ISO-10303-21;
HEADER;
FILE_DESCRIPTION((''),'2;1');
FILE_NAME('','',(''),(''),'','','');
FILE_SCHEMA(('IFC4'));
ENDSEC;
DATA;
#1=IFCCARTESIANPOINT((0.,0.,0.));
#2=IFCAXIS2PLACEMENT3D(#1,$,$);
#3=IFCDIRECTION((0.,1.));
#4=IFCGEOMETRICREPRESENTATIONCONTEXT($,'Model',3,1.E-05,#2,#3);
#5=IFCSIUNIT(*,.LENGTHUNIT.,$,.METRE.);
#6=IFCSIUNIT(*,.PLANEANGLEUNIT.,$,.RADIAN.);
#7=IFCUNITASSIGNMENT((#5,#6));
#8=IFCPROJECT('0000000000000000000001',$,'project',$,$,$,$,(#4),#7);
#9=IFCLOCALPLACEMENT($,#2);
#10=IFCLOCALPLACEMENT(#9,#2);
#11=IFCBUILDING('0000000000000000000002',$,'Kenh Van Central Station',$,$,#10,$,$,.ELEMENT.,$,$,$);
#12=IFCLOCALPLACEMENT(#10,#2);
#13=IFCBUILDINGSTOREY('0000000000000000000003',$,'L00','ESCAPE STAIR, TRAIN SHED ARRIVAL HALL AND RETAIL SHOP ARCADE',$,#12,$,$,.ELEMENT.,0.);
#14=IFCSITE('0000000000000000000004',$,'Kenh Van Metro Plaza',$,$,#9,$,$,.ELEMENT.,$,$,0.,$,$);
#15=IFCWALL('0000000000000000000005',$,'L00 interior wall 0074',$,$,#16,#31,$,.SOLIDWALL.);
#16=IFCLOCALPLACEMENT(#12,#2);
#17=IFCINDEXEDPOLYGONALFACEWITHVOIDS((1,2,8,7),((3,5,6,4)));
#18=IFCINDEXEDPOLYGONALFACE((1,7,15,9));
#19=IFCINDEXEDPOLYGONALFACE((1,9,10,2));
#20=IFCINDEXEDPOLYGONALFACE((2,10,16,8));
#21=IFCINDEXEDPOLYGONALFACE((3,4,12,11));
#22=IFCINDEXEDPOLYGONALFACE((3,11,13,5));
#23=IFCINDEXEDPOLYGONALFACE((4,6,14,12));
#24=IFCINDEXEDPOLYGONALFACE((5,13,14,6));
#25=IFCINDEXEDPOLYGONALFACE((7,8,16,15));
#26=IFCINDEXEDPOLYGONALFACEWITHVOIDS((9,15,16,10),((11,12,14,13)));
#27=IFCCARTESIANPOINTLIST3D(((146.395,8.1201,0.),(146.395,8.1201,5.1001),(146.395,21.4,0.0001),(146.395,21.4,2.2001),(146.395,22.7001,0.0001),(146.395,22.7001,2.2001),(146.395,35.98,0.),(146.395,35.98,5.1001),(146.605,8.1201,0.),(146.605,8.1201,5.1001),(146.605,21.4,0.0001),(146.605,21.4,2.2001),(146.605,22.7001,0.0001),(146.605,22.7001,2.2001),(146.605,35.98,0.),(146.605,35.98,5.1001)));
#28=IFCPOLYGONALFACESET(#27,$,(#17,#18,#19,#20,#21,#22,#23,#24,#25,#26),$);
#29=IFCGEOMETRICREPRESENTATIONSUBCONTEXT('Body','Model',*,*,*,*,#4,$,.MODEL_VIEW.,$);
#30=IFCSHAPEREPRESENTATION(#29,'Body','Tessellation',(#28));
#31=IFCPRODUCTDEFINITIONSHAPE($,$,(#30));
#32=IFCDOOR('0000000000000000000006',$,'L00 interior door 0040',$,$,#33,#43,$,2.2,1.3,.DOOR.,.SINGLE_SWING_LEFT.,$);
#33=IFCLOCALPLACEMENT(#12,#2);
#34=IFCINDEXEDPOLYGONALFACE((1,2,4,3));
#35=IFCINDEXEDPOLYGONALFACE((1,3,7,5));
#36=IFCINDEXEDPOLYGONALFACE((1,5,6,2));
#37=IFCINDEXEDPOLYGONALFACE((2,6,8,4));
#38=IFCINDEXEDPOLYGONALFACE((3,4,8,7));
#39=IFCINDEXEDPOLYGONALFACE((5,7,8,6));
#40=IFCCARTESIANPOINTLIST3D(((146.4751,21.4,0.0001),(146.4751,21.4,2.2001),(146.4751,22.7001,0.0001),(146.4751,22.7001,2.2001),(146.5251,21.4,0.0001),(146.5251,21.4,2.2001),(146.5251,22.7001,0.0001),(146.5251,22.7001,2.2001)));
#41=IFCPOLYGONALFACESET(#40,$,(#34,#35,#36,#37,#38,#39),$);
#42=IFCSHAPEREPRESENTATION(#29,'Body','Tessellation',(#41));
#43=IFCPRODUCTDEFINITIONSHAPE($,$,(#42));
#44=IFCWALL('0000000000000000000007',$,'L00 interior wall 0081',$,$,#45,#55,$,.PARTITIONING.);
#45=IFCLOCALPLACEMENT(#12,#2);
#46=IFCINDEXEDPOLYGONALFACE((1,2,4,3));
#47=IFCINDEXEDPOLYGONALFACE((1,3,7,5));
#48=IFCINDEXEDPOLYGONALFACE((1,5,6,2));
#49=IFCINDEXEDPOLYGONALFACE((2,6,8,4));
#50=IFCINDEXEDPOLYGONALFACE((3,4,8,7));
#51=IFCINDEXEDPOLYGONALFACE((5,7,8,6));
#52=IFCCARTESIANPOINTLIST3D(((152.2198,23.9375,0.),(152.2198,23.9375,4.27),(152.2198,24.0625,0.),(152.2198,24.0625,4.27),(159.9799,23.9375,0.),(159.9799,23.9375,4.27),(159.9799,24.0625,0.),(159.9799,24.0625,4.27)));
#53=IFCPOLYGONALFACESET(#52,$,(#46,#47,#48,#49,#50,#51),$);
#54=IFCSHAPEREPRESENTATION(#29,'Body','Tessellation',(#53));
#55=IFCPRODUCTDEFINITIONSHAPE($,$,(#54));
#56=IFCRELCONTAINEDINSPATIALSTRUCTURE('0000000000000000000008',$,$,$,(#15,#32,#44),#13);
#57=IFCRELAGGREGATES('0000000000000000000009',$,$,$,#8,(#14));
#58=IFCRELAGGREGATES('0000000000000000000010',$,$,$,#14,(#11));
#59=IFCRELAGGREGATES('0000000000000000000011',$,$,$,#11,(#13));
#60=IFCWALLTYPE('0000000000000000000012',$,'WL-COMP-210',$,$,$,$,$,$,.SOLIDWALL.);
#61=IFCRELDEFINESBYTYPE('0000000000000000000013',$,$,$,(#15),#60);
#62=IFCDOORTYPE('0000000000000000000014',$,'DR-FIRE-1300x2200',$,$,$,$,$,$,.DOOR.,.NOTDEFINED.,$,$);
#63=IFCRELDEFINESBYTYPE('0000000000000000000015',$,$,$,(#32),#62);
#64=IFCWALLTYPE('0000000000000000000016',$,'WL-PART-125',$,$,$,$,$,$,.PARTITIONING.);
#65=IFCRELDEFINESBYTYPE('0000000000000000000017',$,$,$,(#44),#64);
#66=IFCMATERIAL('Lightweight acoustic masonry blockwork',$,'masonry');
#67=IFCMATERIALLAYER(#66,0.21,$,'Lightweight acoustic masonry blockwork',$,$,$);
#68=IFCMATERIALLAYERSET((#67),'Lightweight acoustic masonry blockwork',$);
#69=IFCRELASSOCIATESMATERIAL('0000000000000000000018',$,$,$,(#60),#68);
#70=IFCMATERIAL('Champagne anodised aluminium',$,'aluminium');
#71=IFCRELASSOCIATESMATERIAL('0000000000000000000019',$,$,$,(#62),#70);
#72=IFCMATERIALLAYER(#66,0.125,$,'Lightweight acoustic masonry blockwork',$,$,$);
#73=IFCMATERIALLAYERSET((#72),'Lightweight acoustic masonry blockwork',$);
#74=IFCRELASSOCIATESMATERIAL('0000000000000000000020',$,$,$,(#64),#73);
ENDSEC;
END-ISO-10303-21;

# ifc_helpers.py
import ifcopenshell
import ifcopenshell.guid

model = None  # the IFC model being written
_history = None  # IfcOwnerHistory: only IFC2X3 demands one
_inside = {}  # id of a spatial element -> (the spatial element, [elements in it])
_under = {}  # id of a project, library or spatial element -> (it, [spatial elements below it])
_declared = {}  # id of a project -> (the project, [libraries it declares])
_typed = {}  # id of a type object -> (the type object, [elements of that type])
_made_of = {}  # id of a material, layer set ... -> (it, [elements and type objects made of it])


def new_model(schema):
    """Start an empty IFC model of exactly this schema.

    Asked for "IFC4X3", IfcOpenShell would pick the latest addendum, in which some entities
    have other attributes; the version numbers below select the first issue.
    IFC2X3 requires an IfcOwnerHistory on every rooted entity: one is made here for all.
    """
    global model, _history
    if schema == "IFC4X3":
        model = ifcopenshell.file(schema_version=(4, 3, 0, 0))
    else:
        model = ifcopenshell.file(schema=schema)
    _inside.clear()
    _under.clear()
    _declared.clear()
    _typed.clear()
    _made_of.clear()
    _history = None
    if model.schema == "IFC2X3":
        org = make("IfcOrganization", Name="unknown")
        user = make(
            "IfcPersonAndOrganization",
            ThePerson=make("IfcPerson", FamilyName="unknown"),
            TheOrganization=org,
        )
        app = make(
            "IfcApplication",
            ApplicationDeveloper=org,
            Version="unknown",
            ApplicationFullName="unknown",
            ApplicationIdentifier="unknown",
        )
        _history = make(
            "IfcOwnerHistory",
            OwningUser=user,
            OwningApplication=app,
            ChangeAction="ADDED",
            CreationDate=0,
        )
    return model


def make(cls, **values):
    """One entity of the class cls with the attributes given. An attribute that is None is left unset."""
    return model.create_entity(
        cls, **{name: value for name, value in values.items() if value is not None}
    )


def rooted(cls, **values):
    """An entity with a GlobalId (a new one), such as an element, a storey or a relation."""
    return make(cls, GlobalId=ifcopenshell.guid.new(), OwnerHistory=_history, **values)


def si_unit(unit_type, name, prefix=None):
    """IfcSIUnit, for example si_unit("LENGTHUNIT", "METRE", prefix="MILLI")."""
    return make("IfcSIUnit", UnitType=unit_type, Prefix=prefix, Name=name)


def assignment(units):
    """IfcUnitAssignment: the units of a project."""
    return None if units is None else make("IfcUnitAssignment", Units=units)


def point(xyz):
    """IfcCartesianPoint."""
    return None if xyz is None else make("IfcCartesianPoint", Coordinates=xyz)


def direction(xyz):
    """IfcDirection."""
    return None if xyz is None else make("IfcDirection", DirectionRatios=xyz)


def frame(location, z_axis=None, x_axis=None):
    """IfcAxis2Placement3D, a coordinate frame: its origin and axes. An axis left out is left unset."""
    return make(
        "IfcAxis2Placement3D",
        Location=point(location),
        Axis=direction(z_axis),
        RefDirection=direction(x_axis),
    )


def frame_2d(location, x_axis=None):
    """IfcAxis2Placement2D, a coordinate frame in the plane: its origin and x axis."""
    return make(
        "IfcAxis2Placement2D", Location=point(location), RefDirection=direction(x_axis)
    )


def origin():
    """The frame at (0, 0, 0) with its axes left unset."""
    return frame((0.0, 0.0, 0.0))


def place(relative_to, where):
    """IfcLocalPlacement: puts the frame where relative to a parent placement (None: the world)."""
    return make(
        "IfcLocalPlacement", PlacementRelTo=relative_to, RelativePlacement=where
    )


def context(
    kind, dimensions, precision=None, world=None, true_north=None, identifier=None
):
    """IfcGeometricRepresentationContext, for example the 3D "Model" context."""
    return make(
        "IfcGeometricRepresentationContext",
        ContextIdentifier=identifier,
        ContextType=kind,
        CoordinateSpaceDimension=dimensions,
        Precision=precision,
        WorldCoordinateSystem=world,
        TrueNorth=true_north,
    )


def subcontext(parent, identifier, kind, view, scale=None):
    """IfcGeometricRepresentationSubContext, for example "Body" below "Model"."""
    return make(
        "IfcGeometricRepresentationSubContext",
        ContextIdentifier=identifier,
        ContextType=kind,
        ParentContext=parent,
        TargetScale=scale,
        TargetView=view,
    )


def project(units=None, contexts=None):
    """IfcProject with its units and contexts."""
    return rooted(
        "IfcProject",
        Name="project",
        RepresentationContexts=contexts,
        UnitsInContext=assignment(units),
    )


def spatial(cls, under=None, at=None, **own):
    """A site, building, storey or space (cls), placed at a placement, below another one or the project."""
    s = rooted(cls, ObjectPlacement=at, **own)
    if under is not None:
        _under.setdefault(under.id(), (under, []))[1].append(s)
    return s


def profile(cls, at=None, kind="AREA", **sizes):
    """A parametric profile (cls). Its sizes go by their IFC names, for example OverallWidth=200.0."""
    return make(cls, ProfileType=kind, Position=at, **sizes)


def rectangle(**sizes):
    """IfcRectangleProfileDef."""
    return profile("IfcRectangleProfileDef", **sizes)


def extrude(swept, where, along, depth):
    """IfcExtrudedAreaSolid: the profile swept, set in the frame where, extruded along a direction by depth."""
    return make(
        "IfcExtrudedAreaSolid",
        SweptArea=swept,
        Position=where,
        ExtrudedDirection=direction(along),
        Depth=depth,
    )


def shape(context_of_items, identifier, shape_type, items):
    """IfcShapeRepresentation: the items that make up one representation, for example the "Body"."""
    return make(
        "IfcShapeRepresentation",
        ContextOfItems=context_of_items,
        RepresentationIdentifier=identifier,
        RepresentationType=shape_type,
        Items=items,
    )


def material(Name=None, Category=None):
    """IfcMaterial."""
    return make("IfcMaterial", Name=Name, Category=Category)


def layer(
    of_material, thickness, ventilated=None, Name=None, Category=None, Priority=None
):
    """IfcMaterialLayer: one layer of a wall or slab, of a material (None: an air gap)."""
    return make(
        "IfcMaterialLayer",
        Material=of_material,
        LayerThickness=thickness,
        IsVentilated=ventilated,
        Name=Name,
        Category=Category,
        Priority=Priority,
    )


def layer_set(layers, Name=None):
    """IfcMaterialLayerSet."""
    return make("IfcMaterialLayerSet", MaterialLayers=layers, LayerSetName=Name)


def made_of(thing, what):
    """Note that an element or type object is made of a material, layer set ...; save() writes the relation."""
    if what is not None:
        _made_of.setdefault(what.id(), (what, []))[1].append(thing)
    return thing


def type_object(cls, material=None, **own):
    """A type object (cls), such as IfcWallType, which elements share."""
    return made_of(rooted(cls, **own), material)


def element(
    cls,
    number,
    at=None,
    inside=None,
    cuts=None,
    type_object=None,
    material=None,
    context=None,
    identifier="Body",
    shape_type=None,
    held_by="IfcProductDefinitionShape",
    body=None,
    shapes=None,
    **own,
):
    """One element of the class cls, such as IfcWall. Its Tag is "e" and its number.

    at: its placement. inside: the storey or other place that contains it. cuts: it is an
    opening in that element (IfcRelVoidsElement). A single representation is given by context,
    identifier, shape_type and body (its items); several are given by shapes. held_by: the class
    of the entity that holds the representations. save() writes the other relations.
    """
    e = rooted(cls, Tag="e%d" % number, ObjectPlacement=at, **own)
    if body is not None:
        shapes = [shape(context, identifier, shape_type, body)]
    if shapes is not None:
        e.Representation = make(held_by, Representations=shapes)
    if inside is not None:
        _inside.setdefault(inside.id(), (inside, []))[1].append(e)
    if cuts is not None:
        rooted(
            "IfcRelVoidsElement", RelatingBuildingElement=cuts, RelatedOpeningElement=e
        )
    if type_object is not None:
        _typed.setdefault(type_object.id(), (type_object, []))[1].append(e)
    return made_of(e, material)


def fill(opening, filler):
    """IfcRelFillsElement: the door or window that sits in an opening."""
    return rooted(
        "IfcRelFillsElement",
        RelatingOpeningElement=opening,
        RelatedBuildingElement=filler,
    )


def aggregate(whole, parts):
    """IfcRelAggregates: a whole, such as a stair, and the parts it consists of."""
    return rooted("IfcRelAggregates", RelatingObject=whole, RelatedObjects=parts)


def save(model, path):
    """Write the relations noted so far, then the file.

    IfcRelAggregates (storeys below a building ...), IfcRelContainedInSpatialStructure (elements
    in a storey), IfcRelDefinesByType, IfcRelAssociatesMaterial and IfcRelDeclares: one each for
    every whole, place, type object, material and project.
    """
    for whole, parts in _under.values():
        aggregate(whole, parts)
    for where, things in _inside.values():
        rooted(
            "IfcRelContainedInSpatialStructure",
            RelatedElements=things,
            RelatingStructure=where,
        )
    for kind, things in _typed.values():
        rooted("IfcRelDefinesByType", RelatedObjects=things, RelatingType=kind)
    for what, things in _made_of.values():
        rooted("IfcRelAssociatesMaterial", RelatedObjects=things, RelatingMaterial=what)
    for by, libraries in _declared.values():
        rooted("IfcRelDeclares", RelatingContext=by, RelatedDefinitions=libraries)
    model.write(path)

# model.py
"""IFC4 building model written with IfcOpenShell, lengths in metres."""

from ifc_helpers import new_model, si_unit, direction, frame, frame_2d, origin, place, context, subcontext, project, spatial, rectangle, extrude, material, layer, layer_set, type_object, element, fill, save


model = new_model("IFC4")

# Units and contexts
model_context = context("Model", 3, precision=1e-05, world=origin(), true_north=direction((0.0, 1.0)))
body_context = subcontext(model_context, "Body", "Model", "MODEL_VIEW")
ifc_project = project(units=[si_unit("LENGTHUNIT", "METRE"), si_unit("PLANEANGLEUNIT", "RADIAN")], contexts=[model_context])

# Site, building, storey
site_placement = place(None, origin())
site = spatial("IfcSite", under=ifc_project, at=site_placement, Name="Kenh Van Metro Plaza", CompositionType="ELEMENT", RefElevation=0.0)
building_placement = place(site_placement, origin())
building = spatial("IfcBuilding", under=site, at=building_placement, Name="Kenh Van Central Station", CompositionType="ELEMENT")
storey_placement = place(building_placement, origin())
storey = spatial("IfcBuildingStorey", under=building, at=storey_placement, Name="L00", Description="ESCAPE STAIR, TRAIN SHED ARRIVAL HALL AND RETAIL SHOP ARCADE", CompositionType="ELEMENT", Elevation=0.0)

# Shared definitions
ifc_material_1 = material(Name="Champagne anodised aluminium", Category="aluminium")

# Wall, opening, door
ifc_material_2 = material(Name="Lightweight acoustic masonry blockwork", Category="masonry")
ifc_layer_1 = layer(ifc_material_2, 0.21, Name="Lightweight acoustic masonry blockwork")
ifc_layer_set_1 = layer_set([ifc_layer_1], Name="Lightweight acoustic masonry blockwork")
wall_type_1 = type_object("IfcWallType", Name="WL-COMP-210", PredefinedType="SOLIDWALL", material=ifc_layer_set_1)
wall_1_placement = place(storey_placement, frame((146.5, 8.1201, 0.0), z_axis=(0.0, 0.0, 1.0), x_axis=(0.0, 1.0, 0.0)))
wall_1 = element("IfcWall", 1, at=wall_1_placement, inside=storey, type_object=wall_type_1, Name="L00 interior wall 0074", PredefinedType="SOLIDWALL", context=body_context, shape_type="SweptSolid", body=[
    extrude(rectangle(XDim=27.8599, YDim=0.21, at=frame_2d((13.9299, 0.0))), origin(), (0.0, 0.0, 1.0), 5.1001),
])
opening_1_placement = place(wall_1_placement, frame((13.28, 0.0, 0.0)))
opening_1 = element("IfcOpeningElement", 2, at=opening_1_placement, cuts=wall_1, PredefinedType="OPENING", context=body_context, shape_type="SweptSolid", body=[
    extrude(rectangle(XDim=1.3, YDim=2.2, at=frame_2d((0.6499, 1.1001))), frame((0.0, 0.115, 0.0), z_axis=(0.0, -1.0, 0.0), x_axis=(1.0, 0.0, 0.0)), (0.0, 0.0, 1.0), 0.23),
])
door_type_1 = type_object("IfcDoorType", Name="DR-FIRE-1300x2200", OperationType="NOTDEFINED", PredefinedType="DOOR", material=ifc_material_1)
door_1_placement = place(opening_1_placement, origin())
door_1 = element("IfcDoor", 3, at=door_1_placement, inside=storey, type_object=door_type_1, Name="L00 interior door 0040", OperationType="SINGLE_SWING_LEFT", OverallHeight=2.2, OverallWidth=1.3, PredefinedType="DOOR", context=body_context, shape_type="SweptSolid", body=[
    extrude(rectangle(XDim=1.3, YDim=2.2, at=frame_2d((0.6499, 1.1001))), frame((0.0, 0.0249, 0.0), z_axis=(0.0, -1.0, 0.0), x_axis=(1.0, 0.0, 0.0)), (0.0, 0.0, 1.0), 0.05),
])
fill(opening_1, door_1)

# Wall
ifc_layer_2 = layer(ifc_material_2, 0.125, Name="Lightweight acoustic masonry blockwork")
ifc_layer_set_2 = layer_set([ifc_layer_2], Name="Lightweight acoustic masonry blockwork")
wall_type_2 = type_object("IfcWallType", Name="WL-PART-125", PredefinedType="PARTITIONING", material=ifc_layer_set_2)
wall_2_placement = place(storey_placement, frame((152.22, 24.0, 0.0), z_axis=(0.0, 0.0, 1.0), x_axis=(1.0, 0.0, 0.0)))
element("IfcWall", 4, at=wall_2_placement, inside=storey, type_object=wall_type_2, Name="L00 interior wall 0081", PredefinedType="PARTITIONING", context=body_context, shape_type="SweptSolid", body=[
    extrude(rectangle(XDim=7.76, YDim=0.125, at=frame_2d((3.8799, 0.0))), origin(), (0.0, 0.0, 1.0), 4.27),
])

save(model, "model.ifc")
